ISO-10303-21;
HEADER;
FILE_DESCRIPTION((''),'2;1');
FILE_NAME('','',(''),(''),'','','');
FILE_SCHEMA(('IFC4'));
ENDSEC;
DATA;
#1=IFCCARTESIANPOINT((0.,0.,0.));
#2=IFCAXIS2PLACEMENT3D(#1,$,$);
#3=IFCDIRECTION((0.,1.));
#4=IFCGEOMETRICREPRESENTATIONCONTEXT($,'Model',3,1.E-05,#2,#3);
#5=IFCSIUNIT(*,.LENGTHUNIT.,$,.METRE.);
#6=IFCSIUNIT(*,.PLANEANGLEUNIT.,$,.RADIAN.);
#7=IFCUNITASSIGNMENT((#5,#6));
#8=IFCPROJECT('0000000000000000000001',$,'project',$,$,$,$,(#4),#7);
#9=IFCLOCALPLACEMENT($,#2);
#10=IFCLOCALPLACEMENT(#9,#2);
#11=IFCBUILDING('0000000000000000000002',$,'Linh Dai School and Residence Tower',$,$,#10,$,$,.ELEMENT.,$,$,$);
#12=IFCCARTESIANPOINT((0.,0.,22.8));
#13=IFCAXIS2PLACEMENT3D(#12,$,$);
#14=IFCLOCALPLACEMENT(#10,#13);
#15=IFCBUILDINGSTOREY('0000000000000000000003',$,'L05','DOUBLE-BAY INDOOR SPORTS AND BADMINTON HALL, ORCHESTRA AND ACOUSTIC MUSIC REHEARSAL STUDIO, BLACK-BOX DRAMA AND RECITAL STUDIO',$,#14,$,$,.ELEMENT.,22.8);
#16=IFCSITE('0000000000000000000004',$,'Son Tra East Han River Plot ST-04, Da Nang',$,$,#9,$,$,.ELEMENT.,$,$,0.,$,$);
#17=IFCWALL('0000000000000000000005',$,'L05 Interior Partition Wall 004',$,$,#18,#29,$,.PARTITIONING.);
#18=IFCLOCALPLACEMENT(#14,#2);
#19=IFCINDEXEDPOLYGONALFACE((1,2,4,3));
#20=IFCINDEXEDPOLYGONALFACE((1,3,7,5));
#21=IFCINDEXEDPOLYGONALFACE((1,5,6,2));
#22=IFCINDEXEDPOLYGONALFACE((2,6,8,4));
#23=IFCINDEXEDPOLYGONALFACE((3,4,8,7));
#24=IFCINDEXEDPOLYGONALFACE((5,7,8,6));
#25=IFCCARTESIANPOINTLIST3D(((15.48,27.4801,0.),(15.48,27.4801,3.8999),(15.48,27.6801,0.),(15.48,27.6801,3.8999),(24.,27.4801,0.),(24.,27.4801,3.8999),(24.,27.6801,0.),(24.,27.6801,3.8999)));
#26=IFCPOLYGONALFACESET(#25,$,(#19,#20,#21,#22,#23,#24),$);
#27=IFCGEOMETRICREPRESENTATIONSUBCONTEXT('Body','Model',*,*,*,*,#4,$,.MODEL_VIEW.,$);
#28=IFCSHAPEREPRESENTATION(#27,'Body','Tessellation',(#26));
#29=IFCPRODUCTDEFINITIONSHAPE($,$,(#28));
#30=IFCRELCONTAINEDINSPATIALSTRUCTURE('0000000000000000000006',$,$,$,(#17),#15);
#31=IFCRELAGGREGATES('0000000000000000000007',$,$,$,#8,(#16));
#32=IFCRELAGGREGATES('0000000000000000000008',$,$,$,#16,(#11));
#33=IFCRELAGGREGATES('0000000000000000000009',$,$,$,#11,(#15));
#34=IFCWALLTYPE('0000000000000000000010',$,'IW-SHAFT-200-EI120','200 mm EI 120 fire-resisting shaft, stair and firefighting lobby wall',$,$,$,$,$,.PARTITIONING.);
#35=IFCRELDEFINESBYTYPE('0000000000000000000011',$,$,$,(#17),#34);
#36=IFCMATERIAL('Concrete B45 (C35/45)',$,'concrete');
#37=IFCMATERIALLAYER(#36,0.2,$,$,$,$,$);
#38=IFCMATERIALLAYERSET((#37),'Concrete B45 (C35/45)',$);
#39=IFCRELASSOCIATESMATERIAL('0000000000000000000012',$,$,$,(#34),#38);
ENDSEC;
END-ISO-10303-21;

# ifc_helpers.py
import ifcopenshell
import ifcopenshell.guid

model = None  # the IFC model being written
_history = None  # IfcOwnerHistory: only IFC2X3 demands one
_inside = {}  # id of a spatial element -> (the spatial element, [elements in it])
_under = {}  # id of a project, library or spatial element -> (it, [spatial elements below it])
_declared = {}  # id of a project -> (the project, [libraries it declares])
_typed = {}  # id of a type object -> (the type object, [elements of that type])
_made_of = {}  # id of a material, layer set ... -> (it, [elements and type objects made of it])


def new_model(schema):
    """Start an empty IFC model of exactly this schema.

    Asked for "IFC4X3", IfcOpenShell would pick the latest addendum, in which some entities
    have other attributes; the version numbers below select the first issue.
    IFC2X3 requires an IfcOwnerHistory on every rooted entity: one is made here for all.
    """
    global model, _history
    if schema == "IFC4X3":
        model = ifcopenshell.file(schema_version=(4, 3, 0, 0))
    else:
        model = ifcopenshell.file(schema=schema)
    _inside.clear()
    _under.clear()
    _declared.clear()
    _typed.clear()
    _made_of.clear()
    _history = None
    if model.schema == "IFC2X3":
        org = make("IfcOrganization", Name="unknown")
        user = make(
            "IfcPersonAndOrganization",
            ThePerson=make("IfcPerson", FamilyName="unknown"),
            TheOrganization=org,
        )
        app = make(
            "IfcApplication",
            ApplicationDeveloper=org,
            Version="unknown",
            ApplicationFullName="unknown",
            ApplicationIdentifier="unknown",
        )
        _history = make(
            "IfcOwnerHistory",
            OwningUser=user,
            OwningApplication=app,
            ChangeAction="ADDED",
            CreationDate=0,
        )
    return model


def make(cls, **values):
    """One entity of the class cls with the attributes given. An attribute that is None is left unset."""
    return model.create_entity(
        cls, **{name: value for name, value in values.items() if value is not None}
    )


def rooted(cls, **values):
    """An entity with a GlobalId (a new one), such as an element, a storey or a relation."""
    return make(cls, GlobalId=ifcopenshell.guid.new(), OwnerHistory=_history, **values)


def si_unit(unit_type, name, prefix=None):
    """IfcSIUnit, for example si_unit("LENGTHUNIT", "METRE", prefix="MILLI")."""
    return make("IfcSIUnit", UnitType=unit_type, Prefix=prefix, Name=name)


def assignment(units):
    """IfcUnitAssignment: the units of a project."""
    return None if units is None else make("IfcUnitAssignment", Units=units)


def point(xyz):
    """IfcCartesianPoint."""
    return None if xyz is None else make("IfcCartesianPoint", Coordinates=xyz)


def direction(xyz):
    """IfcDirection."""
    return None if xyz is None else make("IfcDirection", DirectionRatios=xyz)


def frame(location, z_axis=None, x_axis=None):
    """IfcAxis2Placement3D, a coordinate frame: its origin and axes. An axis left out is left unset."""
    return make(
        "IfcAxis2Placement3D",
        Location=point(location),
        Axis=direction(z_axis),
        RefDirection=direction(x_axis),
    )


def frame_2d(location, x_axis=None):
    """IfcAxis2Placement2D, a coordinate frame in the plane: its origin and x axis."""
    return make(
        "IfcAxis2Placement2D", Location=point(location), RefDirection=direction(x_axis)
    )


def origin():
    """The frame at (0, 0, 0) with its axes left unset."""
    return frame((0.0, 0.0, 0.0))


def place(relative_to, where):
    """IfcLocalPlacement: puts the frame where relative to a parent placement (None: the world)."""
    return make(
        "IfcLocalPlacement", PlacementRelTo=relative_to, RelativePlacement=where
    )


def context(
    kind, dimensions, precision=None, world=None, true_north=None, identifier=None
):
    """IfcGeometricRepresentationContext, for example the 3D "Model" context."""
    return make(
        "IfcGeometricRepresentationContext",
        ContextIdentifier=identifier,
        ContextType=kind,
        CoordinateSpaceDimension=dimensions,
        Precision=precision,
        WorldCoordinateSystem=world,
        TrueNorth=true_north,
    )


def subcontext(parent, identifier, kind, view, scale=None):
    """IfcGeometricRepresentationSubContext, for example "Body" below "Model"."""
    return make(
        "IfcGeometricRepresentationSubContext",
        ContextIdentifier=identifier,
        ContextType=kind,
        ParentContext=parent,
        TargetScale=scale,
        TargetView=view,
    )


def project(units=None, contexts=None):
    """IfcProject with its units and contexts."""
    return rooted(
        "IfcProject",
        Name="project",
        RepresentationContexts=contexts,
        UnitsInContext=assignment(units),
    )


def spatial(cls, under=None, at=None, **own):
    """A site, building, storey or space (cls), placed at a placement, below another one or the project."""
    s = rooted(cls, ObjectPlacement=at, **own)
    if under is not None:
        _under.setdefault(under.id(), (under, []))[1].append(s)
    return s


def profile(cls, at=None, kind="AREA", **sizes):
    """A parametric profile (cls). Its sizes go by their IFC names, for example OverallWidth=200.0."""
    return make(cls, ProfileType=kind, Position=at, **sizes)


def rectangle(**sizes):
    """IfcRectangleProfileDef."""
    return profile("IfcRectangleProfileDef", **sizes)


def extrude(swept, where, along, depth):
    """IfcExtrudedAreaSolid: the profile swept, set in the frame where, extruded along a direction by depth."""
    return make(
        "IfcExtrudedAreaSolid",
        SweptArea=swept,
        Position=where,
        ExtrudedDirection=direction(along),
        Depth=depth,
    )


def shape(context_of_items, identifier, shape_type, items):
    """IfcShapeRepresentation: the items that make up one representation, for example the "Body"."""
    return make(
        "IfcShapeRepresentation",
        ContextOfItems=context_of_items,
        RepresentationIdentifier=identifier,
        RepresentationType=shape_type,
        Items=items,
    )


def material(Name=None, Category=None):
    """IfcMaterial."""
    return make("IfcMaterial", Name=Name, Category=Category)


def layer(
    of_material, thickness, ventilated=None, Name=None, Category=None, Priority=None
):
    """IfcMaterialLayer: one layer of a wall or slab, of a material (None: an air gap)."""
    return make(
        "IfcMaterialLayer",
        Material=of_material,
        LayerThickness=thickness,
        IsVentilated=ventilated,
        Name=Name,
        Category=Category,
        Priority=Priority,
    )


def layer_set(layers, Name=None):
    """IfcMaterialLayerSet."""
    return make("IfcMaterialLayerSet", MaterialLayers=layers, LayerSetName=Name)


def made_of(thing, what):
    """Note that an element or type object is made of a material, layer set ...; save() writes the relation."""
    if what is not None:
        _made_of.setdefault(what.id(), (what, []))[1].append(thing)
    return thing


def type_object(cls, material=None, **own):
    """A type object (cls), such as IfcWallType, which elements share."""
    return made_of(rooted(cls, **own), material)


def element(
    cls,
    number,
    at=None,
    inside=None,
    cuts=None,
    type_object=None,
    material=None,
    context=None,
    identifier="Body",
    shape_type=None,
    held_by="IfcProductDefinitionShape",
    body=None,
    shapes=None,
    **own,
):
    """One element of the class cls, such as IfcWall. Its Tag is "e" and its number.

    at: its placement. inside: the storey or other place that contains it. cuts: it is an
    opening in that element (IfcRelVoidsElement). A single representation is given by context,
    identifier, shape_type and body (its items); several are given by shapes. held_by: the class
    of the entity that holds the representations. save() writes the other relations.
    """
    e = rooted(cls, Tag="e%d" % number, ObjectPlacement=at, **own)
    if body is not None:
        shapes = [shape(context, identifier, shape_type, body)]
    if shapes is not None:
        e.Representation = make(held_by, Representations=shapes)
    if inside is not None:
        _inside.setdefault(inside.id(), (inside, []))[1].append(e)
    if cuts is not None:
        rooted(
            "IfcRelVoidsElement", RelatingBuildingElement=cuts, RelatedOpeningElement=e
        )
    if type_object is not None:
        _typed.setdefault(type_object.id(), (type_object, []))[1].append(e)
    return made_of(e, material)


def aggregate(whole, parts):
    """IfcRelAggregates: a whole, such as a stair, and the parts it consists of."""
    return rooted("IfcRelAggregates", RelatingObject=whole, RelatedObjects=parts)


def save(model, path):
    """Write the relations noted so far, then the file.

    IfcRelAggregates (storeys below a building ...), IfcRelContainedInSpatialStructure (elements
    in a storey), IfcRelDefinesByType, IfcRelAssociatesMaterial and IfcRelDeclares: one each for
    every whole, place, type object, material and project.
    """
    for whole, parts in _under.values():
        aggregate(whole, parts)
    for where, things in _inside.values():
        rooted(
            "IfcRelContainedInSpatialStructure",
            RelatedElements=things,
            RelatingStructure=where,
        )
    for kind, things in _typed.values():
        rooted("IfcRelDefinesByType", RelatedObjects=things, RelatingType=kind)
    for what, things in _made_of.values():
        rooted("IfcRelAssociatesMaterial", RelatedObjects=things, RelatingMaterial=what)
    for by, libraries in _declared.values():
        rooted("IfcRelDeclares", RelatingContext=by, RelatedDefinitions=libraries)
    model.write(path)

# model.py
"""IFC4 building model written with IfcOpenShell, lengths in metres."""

from ifc_helpers import new_model, si_unit, direction, frame, frame_2d, origin, place, context, subcontext, project, spatial, rectangle, extrude, material, layer, layer_set, type_object, element, save


model = new_model("IFC4")

# Units and contexts
model_context = context("Model", 3, precision=1e-05, world=origin(), true_north=direction((0.0, 1.0)))
body_context = subcontext(model_context, "Body", "Model", "MODEL_VIEW")
ifc_project = project(units=[si_unit("LENGTHUNIT", "METRE"), si_unit("PLANEANGLEUNIT", "RADIAN")], contexts=[model_context])

# Site, building, storey
site_placement = place(None, origin())
site = spatial("IfcSite", under=ifc_project, at=site_placement, Name="Son Tra East Han River Plot ST-04, Da Nang", CompositionType="ELEMENT", RefElevation=0.0)
building_placement = place(site_placement, origin())
building = spatial("IfcBuilding", under=site, at=building_placement, Name="Linh Dai School and Residence Tower", CompositionType="ELEMENT")
storey_placement = place(building_placement, frame((0.0, 0.0, 22.8)))
storey = spatial("IfcBuildingStorey", under=building, at=storey_placement, Name="L05", Description="DOUBLE-BAY INDOOR SPORTS AND BADMINTON HALL, ORCHESTRA AND ACOUSTIC MUSIC REHEARSAL STUDIO, BLACK-BOX DRAMA AND RECITAL STUDIO", CompositionType="ELEMENT", Elevation=22.8)

# Wall
ifc_material_1 = material(Name="Concrete B45 (C35/45)", Category="concrete")
ifc_layer_1 = layer(ifc_material_1, 0.2)
ifc_layer_set_1 = layer_set([ifc_layer_1], Name="Concrete B45 (C35/45)")
wall_type_1 = type_object("IfcWallType", Name="IW-SHAFT-200-EI120", Description="200 mm EI 120 fire-resisting shaft, stair and firefighting lobby wall", PredefinedType="PARTITIONING", material=ifc_layer_set_1)
wall_1_placement = place(storey_placement, frame((15.48, 27.5801, 0.0), z_axis=(0.0, 0.0, 1.0), x_axis=(1.0, 0.0, 0.0)))
element("IfcWall", 1, at=wall_1_placement, inside=storey, type_object=wall_type_1, Name="L05 Interior Partition Wall 004", PredefinedType="PARTITIONING", context=body_context, shape_type="SweptSolid", body=[
    extrude(rectangle(XDim=8.52, YDim=0.2, at=frame_2d((4.26, 0.0))), origin(), (0.0, 0.0, 1.0), 3.8999),
])

save(model, "model.ifc")
